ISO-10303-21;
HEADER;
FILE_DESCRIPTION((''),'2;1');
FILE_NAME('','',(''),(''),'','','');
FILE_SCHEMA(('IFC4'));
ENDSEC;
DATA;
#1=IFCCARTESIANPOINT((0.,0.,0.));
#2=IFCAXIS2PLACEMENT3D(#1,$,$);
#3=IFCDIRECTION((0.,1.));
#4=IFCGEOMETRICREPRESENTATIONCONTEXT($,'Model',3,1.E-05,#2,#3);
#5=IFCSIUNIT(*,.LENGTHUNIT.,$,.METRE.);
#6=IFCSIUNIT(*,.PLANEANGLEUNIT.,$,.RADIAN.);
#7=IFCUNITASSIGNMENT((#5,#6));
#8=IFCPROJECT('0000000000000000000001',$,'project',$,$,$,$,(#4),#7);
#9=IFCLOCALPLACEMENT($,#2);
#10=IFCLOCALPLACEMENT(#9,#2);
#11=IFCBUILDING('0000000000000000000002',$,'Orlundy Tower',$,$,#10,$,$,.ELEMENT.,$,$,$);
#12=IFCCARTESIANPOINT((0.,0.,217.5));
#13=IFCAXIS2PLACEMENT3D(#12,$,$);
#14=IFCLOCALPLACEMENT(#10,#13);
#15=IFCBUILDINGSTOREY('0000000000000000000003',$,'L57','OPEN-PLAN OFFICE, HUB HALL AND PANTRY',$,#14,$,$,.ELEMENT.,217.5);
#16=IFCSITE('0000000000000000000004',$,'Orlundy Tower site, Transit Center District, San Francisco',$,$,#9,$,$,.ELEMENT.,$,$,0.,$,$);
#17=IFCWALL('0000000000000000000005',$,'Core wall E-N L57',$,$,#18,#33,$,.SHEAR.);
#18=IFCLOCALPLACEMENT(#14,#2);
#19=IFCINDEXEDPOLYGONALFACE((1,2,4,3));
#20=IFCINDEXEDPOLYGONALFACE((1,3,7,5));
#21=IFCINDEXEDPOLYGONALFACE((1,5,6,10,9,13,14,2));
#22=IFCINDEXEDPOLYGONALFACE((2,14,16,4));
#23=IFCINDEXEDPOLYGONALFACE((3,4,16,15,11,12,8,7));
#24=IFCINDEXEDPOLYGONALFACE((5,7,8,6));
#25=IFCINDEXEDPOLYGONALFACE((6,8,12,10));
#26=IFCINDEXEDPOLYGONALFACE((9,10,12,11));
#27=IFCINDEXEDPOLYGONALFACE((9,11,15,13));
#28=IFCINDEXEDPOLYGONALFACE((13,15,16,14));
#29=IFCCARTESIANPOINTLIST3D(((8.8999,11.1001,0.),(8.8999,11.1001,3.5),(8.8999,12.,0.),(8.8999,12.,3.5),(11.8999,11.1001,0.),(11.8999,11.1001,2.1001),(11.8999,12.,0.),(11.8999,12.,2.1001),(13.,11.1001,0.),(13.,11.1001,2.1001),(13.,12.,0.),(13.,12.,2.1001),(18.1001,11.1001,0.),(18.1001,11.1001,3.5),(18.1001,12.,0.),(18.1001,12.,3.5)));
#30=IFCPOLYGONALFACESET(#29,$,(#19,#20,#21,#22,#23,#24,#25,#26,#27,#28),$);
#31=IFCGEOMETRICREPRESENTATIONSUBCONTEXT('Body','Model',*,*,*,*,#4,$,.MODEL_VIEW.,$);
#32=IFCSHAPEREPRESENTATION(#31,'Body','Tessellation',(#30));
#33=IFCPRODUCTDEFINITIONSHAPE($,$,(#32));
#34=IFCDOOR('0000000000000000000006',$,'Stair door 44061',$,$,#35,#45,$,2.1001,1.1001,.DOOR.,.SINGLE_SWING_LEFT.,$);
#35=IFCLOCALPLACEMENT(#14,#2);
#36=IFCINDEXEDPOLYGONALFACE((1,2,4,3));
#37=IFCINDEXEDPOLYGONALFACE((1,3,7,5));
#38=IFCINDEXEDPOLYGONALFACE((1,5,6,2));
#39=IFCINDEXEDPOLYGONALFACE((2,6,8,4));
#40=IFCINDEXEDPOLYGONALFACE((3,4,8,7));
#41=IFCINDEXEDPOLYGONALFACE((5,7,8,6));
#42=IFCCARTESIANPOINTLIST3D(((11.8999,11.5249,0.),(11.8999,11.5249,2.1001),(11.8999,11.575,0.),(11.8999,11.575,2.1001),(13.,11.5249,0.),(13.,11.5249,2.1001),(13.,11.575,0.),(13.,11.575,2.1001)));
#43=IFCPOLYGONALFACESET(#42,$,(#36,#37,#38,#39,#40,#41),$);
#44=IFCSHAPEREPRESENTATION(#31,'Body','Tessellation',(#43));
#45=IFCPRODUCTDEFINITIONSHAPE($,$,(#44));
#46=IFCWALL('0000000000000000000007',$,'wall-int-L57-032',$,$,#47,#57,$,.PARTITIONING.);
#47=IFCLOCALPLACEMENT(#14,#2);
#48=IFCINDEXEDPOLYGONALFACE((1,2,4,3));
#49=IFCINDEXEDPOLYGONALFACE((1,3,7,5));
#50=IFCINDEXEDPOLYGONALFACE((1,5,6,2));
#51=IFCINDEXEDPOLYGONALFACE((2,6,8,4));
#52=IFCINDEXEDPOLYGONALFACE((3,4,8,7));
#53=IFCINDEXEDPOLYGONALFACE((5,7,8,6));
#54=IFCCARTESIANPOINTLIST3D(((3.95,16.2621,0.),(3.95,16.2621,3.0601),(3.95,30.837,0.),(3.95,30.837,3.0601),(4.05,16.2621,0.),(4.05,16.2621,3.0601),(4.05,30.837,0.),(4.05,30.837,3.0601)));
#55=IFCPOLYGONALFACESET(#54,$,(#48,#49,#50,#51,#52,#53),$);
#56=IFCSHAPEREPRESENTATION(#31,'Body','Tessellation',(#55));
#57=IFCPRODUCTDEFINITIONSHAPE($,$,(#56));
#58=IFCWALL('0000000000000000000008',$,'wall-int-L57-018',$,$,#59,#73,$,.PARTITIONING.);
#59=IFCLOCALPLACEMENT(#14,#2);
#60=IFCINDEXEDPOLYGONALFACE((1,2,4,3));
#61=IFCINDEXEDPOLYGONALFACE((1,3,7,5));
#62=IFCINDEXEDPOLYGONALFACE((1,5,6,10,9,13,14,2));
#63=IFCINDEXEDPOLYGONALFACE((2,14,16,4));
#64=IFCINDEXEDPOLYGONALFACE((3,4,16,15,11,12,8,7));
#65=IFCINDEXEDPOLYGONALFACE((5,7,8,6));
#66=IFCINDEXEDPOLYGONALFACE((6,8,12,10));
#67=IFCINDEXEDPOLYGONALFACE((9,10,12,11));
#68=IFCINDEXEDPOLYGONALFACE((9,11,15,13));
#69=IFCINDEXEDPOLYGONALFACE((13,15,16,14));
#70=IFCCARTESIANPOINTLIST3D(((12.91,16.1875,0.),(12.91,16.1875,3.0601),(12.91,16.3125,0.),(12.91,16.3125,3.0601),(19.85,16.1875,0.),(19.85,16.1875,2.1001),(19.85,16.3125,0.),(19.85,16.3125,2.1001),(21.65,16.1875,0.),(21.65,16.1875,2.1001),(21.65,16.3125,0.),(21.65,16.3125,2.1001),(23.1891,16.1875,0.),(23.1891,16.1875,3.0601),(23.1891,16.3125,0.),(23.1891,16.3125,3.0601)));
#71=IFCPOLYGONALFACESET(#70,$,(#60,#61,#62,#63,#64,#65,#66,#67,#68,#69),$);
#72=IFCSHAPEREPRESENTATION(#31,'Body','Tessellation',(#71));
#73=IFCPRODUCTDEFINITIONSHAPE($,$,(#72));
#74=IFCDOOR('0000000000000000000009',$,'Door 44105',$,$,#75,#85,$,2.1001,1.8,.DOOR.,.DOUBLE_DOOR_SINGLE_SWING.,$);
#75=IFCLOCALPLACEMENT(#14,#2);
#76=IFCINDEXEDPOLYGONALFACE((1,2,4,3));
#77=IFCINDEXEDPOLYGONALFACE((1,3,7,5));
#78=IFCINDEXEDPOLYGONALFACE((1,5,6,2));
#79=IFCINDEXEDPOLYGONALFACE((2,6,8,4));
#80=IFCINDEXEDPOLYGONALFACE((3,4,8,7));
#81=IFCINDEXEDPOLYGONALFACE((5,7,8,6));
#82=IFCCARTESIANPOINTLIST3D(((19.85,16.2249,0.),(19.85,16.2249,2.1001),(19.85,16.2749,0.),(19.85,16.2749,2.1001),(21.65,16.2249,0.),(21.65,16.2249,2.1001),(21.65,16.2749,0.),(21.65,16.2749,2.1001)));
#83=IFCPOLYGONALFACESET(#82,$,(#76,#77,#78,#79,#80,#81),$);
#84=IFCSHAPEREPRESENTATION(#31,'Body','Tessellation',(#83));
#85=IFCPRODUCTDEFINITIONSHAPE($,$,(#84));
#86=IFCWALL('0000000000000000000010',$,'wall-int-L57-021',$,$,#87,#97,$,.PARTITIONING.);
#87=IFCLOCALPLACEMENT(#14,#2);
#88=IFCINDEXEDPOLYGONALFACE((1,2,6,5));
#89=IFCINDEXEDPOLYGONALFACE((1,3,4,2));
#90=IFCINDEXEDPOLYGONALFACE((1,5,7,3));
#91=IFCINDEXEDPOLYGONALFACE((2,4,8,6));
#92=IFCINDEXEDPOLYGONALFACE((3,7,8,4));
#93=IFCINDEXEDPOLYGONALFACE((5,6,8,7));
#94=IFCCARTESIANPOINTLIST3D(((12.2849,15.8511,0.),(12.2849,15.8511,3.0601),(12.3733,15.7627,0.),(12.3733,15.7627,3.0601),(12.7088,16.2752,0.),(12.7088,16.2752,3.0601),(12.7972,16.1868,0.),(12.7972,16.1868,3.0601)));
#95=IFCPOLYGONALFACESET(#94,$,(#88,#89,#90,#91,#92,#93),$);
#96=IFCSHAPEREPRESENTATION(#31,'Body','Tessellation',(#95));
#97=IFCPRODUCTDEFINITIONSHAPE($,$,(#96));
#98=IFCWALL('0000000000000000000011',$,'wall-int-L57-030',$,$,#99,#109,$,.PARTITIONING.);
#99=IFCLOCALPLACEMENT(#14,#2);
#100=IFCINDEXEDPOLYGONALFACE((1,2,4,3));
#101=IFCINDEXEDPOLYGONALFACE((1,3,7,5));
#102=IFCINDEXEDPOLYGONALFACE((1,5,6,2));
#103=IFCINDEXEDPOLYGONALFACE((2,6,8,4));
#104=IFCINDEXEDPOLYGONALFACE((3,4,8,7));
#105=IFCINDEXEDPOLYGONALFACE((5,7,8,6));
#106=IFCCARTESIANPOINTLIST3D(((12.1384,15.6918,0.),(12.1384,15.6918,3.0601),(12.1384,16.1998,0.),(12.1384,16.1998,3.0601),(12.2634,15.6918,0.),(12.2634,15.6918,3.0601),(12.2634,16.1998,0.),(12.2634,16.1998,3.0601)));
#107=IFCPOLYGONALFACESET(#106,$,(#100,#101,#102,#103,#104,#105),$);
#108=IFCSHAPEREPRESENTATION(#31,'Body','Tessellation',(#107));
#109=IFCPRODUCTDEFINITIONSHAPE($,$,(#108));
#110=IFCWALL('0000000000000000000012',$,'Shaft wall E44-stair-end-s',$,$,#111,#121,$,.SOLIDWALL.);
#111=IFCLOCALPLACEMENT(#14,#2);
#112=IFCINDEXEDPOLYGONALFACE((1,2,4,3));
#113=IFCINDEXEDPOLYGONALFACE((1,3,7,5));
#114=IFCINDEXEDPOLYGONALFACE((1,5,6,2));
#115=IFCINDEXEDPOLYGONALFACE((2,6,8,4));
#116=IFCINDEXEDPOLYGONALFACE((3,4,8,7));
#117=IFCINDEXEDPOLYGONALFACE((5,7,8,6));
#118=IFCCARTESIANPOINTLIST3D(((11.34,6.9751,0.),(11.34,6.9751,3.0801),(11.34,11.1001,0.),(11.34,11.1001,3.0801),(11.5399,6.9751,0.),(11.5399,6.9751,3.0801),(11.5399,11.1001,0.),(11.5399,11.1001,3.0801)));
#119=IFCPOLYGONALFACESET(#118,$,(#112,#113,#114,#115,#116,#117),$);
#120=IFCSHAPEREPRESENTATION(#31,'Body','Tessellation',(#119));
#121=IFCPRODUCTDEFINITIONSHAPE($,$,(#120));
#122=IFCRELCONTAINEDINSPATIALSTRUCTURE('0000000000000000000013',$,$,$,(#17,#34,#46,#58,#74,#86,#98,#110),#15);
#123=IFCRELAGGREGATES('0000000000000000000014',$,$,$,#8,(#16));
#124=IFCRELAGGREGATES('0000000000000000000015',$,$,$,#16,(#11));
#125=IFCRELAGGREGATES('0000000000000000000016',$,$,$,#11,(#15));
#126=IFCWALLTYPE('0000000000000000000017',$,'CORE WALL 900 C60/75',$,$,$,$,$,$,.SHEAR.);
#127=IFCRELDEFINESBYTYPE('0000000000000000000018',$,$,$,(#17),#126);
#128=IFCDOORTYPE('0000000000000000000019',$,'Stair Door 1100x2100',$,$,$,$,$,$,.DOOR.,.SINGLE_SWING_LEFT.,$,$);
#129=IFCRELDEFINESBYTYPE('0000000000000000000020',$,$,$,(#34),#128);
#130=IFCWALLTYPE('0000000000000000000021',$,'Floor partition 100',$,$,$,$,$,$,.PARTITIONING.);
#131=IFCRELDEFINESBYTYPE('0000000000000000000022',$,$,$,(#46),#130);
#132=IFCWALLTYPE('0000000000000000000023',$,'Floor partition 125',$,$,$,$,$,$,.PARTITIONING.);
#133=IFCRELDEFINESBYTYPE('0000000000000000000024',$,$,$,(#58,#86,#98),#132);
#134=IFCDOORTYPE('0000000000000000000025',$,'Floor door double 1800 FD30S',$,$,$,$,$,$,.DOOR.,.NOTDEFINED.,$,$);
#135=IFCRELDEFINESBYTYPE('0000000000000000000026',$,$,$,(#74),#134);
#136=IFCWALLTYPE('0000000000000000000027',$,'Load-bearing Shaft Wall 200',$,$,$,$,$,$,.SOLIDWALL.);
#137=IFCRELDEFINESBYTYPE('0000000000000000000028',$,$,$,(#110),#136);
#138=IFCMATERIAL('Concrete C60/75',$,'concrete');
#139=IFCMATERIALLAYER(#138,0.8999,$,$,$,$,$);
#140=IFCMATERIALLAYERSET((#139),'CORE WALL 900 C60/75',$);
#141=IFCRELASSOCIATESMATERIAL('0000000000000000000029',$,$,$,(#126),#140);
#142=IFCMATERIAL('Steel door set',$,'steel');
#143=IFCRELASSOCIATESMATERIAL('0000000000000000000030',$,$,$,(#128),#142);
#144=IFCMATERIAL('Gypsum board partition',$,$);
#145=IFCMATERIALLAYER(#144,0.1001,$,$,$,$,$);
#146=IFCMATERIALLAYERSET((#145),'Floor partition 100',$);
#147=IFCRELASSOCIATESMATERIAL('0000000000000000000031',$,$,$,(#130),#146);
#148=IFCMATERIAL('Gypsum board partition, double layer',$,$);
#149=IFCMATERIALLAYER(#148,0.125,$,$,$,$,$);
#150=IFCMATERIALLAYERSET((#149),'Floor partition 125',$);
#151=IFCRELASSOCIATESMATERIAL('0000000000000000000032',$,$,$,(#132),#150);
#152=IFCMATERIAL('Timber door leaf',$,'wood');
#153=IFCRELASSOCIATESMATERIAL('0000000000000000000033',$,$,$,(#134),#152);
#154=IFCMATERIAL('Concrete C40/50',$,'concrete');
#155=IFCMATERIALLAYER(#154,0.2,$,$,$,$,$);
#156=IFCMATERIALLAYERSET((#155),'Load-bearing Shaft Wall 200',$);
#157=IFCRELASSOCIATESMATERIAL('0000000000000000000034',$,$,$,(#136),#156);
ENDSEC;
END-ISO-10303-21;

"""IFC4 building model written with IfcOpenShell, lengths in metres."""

from ifc_helpers import new_model, si_unit, direction, frame, frame_2d, origin, place, context, subcontext, project, spatial, rectangle, extrude, material, layer, layer_set, type_object, element, fill, save


model = new_model("IFC4")

# Units and contexts
model_context = context("Model", 3, precision=1e-05, world=origin(), true_north=direction((0.0, 1.0)))
body_context = subcontext(model_context, "Body", "Model", "MODEL_VIEW")
ifc_project = project(units=[si_unit("LENGTHUNIT", "METRE"), si_unit("PLANEANGLEUNIT", "RADIAN")], contexts=[model_context])

# Site, building, storey
site_placement = place(None, origin())
site = spatial("IfcSite", under=ifc_project, at=site_placement, Name="Orlundy Tower site, Transit Center District, San Francisco", CompositionType="ELEMENT", RefElevation=0.0)
building_placement = place(site_placement, origin())
building = spatial("IfcBuilding", under=site, at=building_placement, Name="Orlundy Tower", CompositionType="ELEMENT")
storey_placement = place(building_placement, frame((0.0, 0.0, 217.5)))
storey = spatial("IfcBuildingStorey", under=building, at=storey_placement, Name="L57", Description="OPEN-PLAN OFFICE, HUB HALL AND PANTRY", CompositionType="ELEMENT", Elevation=217.5)

# Wall, opening, door
ifc_material_1 = material(Name="Concrete C60/75", Category="concrete")
ifc_layer_1 = layer(ifc_material_1, 0.8999)
ifc_layer_set_1 = layer_set([ifc_layer_1], Name="CORE WALL 900 C60/75")
wall_type_1 = type_object("IfcWallType", Name="CORE WALL 900 C60/75", PredefinedType="SHEAR", material=ifc_layer_set_1)
wall_1_placement = place(storey_placement, frame((8.8999, 11.55, 0.0), z_axis=(0.0, 0.0, 1.0), x_axis=(1.0, 0.0, 0.0)))
wall_1 = element("IfcWall", 1, at=wall_1_placement, inside=storey, type_object=wall_type_1, Name="Core wall E-N L57", PredefinedType="SHEAR", context=body_context, shape_type="SweptSolid", body=[
    extrude(rectangle(XDim=9.2002, YDim=0.8999, at=frame_2d((4.6001, 0.0))), origin(), (0.0, 0.0, 1.0), 3.5),
])
opening_1_placement = place(wall_1_placement, frame((3.0, 0.0, 0.0)))
opening_1 = element("IfcOpeningElement", 2, at=opening_1_placement, cuts=wall_1, PredefinedType="OPENING", context=body_context, shape_type="SweptSolid", body=[
    extrude(rectangle(XDim=1.1001, YDim=2.1001, at=frame_2d((0.55, 1.05))), frame((0.0, 0.46, 0.0), z_axis=(0.0, -1.0, 0.0), x_axis=(1.0, 0.0, 0.0)), (0.0, 0.0, 1.0), 0.9199),
])
ifc_material_2 = material(Name="Steel door set", Category="steel")
door_type_1 = type_object("IfcDoorType", Name="Stair Door 1100x2100", OperationType="SINGLE_SWING_LEFT", PredefinedType="DOOR", material=ifc_material_2)
door_1_placement = place(opening_1_placement, origin())
door_1 = element("IfcDoor", 3, at=door_1_placement, inside=storey, type_object=door_type_1, Name="Stair door 44061", OperationType="SINGLE_SWING_LEFT", OverallHeight=2.1001, OverallWidth=1.1001, PredefinedType="DOOR", context=body_context, shape_type="SweptSolid", body=[
    extrude(rectangle(XDim=1.1001, YDim=2.1001, at=frame_2d((0.55, 1.05))), frame((0.0, 0.0249, 0.0), z_axis=(0.0, -1.0, 0.0), x_axis=(1.0, 0.0, 0.0)), (0.0, 0.0, 1.0), 0.05),
])
fill(opening_1, door_1)

# Wall
ifc_material_3 = material(Name="Gypsum board partition")
ifc_layer_2 = layer(ifc_material_3, 0.1001)
ifc_layer_set_2 = layer_set([ifc_layer_2], Name="Floor partition 100")
wall_type_2 = type_object("IfcWallType", Name="Floor partition 100", PredefinedType="PARTITIONING", material=ifc_layer_set_2)
wall_2_placement = place(storey_placement, frame((4.0, 16.262, 0.0), z_axis=(0.0, 0.0, 1.0), x_axis=(0.0, 1.0, 0.0)))
element("IfcWall", 4, at=wall_2_placement, inside=storey, type_object=wall_type_2, Name="wall-int-L57-032", PredefinedType="PARTITIONING", context=body_context, shape_type="SweptSolid", body=[
    extrude(rectangle(XDim=14.575, YDim=0.1001, at=frame_2d((7.2876, 0.0))), origin(), (0.0, 0.0, 1.0), 3.0601),
])

# Wall, opening, door
ifc_material_4 = material(Name="Gypsum board partition, double layer")
ifc_layer_3 = layer(ifc_material_4, 0.125)
ifc_layer_set_3 = layer_set([ifc_layer_3], Name="Floor partition 125")
wall_type_3 = type_object("IfcWallType", Name="Floor partition 125", PredefinedType="PARTITIONING", material=ifc_layer_set_3)
wall_3_placement = place(storey_placement, frame((12.9099, 16.25, 0.0), z_axis=(0.0, 0.0, 1.0), x_axis=(1.0, 0.0, 0.0)))
wall_3 = element("IfcWall", 5, at=wall_3_placement, inside=storey, type_object=wall_type_3, Name="wall-int-L57-018", PredefinedType="PARTITIONING", context=body_context, shape_type="SweptSolid", body=[
    extrude(rectangle(XDim=10.2791, YDim=0.125, at=frame_2d((5.1396, 0.0))), origin(), (0.0, 0.0, 1.0), 3.0601),
])
opening_2_placement = place(wall_3_placement, frame((6.9402, 0.0, 0.0)))
opening_2 = element("IfcOpeningElement", 6, at=opening_2_placement, cuts=wall_3, PredefinedType="OPENING", context=body_context, shape_type="SweptSolid", body=[
    extrude(rectangle(XDim=1.8, YDim=2.1001, at=frame_2d((0.8999, 1.05))), frame((0.0, 0.0725, 0.0), z_axis=(0.0, -1.0, 0.0), x_axis=(1.0, 0.0, 0.0)), (0.0, 0.0, 1.0), 0.145),
])
ifc_material_5 = material(Name="Timber door leaf", Category="wood")
door_type_2 = type_object("IfcDoorType", Name="Floor door double 1800 FD30S", OperationType="NOTDEFINED", PredefinedType="DOOR", material=ifc_material_5)
door_2_placement = place(opening_2_placement, origin())
door_2 = element("IfcDoor", 7, at=door_2_placement, inside=storey, type_object=door_type_2, Name="Door 44105", OperationType="DOUBLE_DOOR_SINGLE_SWING", OverallHeight=2.1001, OverallWidth=1.8, PredefinedType="DOOR", context=body_context, shape_type="SweptSolid", body=[
    extrude(rectangle(XDim=1.8, YDim=2.1001, at=frame_2d((0.8999, 1.05))), frame((0.0, 0.0249, 0.0), z_axis=(0.0, -1.0, 0.0), x_axis=(1.0, 0.0, 0.0)), (0.0, 0.0, 1.0), 0.05),
])
fill(opening_2, door_2)

# Walls
wall_4_placement = place(storey_placement, frame((12.3291, 15.8069, 0.0), z_axis=(0.0, 0.0, 1.0), x_axis=(0.706903, 0.70731, 0.0)))
element("IfcWall", 8, at=wall_4_placement, inside=storey, type_object=wall_type_3, Name="wall-int-L57-021", PredefinedType="PARTITIONING", context=body_context, shape_type="SweptSolid", body=[
    extrude(rectangle(XDim=0.5996, YDim=0.125, at=frame_2d((0.2998, 0.0))), origin(), (0.0, 0.0, 1.0), 3.0601),
])
wall_5_placement = place(storey_placement, frame((12.2009, 15.6919, 0.0), z_axis=(0.0, 0.0, 1.0), x_axis=(0.0, 1.0, 0.0)))
element("IfcWall", 9, at=wall_5_placement, inside=storey, type_object=wall_type_3, Name="wall-int-L57-030", PredefinedType="PARTITIONING", context=body_context, shape_type="SweptSolid", body=[
    extrude(rectangle(XDim=0.5081, YDim=0.125, at=frame_2d((0.2539, 0.0))), origin(), (0.0, 0.0, 1.0), 3.0601),
])
ifc_material_6 = material(Name="Concrete C40/50", Category="concrete")
ifc_layer_4 = layer(ifc_material_6, 0.2)
ifc_layer_set_4 = layer_set([ifc_layer_4], Name="Load-bearing Shaft Wall 200")
wall_type_4 = type_object("IfcWallType", Name="Load-bearing Shaft Wall 200", PredefinedType="SOLIDWALL", material=ifc_layer_set_4)
wall_6_placement = place(storey_placement, frame((11.4399, 11.1001, 0.0), z_axis=(0.0, 0.0, 1.0), x_axis=(0.0, -1.0, 0.0)))
element("IfcWall", 10, at=wall_6_placement, inside=storey, type_object=wall_type_4, Name="Shaft wall E44-stair-end-s", PredefinedType="SOLIDWALL", context=body_context, shape_type="SweptSolid", body=[
    extrude(rectangle(XDim=4.125, YDim=0.2, at=frame_2d((2.0625, 0.0))), origin(), (0.0, 0.0, 1.0), 3.0801),
])

save(model, "model.ifc")
